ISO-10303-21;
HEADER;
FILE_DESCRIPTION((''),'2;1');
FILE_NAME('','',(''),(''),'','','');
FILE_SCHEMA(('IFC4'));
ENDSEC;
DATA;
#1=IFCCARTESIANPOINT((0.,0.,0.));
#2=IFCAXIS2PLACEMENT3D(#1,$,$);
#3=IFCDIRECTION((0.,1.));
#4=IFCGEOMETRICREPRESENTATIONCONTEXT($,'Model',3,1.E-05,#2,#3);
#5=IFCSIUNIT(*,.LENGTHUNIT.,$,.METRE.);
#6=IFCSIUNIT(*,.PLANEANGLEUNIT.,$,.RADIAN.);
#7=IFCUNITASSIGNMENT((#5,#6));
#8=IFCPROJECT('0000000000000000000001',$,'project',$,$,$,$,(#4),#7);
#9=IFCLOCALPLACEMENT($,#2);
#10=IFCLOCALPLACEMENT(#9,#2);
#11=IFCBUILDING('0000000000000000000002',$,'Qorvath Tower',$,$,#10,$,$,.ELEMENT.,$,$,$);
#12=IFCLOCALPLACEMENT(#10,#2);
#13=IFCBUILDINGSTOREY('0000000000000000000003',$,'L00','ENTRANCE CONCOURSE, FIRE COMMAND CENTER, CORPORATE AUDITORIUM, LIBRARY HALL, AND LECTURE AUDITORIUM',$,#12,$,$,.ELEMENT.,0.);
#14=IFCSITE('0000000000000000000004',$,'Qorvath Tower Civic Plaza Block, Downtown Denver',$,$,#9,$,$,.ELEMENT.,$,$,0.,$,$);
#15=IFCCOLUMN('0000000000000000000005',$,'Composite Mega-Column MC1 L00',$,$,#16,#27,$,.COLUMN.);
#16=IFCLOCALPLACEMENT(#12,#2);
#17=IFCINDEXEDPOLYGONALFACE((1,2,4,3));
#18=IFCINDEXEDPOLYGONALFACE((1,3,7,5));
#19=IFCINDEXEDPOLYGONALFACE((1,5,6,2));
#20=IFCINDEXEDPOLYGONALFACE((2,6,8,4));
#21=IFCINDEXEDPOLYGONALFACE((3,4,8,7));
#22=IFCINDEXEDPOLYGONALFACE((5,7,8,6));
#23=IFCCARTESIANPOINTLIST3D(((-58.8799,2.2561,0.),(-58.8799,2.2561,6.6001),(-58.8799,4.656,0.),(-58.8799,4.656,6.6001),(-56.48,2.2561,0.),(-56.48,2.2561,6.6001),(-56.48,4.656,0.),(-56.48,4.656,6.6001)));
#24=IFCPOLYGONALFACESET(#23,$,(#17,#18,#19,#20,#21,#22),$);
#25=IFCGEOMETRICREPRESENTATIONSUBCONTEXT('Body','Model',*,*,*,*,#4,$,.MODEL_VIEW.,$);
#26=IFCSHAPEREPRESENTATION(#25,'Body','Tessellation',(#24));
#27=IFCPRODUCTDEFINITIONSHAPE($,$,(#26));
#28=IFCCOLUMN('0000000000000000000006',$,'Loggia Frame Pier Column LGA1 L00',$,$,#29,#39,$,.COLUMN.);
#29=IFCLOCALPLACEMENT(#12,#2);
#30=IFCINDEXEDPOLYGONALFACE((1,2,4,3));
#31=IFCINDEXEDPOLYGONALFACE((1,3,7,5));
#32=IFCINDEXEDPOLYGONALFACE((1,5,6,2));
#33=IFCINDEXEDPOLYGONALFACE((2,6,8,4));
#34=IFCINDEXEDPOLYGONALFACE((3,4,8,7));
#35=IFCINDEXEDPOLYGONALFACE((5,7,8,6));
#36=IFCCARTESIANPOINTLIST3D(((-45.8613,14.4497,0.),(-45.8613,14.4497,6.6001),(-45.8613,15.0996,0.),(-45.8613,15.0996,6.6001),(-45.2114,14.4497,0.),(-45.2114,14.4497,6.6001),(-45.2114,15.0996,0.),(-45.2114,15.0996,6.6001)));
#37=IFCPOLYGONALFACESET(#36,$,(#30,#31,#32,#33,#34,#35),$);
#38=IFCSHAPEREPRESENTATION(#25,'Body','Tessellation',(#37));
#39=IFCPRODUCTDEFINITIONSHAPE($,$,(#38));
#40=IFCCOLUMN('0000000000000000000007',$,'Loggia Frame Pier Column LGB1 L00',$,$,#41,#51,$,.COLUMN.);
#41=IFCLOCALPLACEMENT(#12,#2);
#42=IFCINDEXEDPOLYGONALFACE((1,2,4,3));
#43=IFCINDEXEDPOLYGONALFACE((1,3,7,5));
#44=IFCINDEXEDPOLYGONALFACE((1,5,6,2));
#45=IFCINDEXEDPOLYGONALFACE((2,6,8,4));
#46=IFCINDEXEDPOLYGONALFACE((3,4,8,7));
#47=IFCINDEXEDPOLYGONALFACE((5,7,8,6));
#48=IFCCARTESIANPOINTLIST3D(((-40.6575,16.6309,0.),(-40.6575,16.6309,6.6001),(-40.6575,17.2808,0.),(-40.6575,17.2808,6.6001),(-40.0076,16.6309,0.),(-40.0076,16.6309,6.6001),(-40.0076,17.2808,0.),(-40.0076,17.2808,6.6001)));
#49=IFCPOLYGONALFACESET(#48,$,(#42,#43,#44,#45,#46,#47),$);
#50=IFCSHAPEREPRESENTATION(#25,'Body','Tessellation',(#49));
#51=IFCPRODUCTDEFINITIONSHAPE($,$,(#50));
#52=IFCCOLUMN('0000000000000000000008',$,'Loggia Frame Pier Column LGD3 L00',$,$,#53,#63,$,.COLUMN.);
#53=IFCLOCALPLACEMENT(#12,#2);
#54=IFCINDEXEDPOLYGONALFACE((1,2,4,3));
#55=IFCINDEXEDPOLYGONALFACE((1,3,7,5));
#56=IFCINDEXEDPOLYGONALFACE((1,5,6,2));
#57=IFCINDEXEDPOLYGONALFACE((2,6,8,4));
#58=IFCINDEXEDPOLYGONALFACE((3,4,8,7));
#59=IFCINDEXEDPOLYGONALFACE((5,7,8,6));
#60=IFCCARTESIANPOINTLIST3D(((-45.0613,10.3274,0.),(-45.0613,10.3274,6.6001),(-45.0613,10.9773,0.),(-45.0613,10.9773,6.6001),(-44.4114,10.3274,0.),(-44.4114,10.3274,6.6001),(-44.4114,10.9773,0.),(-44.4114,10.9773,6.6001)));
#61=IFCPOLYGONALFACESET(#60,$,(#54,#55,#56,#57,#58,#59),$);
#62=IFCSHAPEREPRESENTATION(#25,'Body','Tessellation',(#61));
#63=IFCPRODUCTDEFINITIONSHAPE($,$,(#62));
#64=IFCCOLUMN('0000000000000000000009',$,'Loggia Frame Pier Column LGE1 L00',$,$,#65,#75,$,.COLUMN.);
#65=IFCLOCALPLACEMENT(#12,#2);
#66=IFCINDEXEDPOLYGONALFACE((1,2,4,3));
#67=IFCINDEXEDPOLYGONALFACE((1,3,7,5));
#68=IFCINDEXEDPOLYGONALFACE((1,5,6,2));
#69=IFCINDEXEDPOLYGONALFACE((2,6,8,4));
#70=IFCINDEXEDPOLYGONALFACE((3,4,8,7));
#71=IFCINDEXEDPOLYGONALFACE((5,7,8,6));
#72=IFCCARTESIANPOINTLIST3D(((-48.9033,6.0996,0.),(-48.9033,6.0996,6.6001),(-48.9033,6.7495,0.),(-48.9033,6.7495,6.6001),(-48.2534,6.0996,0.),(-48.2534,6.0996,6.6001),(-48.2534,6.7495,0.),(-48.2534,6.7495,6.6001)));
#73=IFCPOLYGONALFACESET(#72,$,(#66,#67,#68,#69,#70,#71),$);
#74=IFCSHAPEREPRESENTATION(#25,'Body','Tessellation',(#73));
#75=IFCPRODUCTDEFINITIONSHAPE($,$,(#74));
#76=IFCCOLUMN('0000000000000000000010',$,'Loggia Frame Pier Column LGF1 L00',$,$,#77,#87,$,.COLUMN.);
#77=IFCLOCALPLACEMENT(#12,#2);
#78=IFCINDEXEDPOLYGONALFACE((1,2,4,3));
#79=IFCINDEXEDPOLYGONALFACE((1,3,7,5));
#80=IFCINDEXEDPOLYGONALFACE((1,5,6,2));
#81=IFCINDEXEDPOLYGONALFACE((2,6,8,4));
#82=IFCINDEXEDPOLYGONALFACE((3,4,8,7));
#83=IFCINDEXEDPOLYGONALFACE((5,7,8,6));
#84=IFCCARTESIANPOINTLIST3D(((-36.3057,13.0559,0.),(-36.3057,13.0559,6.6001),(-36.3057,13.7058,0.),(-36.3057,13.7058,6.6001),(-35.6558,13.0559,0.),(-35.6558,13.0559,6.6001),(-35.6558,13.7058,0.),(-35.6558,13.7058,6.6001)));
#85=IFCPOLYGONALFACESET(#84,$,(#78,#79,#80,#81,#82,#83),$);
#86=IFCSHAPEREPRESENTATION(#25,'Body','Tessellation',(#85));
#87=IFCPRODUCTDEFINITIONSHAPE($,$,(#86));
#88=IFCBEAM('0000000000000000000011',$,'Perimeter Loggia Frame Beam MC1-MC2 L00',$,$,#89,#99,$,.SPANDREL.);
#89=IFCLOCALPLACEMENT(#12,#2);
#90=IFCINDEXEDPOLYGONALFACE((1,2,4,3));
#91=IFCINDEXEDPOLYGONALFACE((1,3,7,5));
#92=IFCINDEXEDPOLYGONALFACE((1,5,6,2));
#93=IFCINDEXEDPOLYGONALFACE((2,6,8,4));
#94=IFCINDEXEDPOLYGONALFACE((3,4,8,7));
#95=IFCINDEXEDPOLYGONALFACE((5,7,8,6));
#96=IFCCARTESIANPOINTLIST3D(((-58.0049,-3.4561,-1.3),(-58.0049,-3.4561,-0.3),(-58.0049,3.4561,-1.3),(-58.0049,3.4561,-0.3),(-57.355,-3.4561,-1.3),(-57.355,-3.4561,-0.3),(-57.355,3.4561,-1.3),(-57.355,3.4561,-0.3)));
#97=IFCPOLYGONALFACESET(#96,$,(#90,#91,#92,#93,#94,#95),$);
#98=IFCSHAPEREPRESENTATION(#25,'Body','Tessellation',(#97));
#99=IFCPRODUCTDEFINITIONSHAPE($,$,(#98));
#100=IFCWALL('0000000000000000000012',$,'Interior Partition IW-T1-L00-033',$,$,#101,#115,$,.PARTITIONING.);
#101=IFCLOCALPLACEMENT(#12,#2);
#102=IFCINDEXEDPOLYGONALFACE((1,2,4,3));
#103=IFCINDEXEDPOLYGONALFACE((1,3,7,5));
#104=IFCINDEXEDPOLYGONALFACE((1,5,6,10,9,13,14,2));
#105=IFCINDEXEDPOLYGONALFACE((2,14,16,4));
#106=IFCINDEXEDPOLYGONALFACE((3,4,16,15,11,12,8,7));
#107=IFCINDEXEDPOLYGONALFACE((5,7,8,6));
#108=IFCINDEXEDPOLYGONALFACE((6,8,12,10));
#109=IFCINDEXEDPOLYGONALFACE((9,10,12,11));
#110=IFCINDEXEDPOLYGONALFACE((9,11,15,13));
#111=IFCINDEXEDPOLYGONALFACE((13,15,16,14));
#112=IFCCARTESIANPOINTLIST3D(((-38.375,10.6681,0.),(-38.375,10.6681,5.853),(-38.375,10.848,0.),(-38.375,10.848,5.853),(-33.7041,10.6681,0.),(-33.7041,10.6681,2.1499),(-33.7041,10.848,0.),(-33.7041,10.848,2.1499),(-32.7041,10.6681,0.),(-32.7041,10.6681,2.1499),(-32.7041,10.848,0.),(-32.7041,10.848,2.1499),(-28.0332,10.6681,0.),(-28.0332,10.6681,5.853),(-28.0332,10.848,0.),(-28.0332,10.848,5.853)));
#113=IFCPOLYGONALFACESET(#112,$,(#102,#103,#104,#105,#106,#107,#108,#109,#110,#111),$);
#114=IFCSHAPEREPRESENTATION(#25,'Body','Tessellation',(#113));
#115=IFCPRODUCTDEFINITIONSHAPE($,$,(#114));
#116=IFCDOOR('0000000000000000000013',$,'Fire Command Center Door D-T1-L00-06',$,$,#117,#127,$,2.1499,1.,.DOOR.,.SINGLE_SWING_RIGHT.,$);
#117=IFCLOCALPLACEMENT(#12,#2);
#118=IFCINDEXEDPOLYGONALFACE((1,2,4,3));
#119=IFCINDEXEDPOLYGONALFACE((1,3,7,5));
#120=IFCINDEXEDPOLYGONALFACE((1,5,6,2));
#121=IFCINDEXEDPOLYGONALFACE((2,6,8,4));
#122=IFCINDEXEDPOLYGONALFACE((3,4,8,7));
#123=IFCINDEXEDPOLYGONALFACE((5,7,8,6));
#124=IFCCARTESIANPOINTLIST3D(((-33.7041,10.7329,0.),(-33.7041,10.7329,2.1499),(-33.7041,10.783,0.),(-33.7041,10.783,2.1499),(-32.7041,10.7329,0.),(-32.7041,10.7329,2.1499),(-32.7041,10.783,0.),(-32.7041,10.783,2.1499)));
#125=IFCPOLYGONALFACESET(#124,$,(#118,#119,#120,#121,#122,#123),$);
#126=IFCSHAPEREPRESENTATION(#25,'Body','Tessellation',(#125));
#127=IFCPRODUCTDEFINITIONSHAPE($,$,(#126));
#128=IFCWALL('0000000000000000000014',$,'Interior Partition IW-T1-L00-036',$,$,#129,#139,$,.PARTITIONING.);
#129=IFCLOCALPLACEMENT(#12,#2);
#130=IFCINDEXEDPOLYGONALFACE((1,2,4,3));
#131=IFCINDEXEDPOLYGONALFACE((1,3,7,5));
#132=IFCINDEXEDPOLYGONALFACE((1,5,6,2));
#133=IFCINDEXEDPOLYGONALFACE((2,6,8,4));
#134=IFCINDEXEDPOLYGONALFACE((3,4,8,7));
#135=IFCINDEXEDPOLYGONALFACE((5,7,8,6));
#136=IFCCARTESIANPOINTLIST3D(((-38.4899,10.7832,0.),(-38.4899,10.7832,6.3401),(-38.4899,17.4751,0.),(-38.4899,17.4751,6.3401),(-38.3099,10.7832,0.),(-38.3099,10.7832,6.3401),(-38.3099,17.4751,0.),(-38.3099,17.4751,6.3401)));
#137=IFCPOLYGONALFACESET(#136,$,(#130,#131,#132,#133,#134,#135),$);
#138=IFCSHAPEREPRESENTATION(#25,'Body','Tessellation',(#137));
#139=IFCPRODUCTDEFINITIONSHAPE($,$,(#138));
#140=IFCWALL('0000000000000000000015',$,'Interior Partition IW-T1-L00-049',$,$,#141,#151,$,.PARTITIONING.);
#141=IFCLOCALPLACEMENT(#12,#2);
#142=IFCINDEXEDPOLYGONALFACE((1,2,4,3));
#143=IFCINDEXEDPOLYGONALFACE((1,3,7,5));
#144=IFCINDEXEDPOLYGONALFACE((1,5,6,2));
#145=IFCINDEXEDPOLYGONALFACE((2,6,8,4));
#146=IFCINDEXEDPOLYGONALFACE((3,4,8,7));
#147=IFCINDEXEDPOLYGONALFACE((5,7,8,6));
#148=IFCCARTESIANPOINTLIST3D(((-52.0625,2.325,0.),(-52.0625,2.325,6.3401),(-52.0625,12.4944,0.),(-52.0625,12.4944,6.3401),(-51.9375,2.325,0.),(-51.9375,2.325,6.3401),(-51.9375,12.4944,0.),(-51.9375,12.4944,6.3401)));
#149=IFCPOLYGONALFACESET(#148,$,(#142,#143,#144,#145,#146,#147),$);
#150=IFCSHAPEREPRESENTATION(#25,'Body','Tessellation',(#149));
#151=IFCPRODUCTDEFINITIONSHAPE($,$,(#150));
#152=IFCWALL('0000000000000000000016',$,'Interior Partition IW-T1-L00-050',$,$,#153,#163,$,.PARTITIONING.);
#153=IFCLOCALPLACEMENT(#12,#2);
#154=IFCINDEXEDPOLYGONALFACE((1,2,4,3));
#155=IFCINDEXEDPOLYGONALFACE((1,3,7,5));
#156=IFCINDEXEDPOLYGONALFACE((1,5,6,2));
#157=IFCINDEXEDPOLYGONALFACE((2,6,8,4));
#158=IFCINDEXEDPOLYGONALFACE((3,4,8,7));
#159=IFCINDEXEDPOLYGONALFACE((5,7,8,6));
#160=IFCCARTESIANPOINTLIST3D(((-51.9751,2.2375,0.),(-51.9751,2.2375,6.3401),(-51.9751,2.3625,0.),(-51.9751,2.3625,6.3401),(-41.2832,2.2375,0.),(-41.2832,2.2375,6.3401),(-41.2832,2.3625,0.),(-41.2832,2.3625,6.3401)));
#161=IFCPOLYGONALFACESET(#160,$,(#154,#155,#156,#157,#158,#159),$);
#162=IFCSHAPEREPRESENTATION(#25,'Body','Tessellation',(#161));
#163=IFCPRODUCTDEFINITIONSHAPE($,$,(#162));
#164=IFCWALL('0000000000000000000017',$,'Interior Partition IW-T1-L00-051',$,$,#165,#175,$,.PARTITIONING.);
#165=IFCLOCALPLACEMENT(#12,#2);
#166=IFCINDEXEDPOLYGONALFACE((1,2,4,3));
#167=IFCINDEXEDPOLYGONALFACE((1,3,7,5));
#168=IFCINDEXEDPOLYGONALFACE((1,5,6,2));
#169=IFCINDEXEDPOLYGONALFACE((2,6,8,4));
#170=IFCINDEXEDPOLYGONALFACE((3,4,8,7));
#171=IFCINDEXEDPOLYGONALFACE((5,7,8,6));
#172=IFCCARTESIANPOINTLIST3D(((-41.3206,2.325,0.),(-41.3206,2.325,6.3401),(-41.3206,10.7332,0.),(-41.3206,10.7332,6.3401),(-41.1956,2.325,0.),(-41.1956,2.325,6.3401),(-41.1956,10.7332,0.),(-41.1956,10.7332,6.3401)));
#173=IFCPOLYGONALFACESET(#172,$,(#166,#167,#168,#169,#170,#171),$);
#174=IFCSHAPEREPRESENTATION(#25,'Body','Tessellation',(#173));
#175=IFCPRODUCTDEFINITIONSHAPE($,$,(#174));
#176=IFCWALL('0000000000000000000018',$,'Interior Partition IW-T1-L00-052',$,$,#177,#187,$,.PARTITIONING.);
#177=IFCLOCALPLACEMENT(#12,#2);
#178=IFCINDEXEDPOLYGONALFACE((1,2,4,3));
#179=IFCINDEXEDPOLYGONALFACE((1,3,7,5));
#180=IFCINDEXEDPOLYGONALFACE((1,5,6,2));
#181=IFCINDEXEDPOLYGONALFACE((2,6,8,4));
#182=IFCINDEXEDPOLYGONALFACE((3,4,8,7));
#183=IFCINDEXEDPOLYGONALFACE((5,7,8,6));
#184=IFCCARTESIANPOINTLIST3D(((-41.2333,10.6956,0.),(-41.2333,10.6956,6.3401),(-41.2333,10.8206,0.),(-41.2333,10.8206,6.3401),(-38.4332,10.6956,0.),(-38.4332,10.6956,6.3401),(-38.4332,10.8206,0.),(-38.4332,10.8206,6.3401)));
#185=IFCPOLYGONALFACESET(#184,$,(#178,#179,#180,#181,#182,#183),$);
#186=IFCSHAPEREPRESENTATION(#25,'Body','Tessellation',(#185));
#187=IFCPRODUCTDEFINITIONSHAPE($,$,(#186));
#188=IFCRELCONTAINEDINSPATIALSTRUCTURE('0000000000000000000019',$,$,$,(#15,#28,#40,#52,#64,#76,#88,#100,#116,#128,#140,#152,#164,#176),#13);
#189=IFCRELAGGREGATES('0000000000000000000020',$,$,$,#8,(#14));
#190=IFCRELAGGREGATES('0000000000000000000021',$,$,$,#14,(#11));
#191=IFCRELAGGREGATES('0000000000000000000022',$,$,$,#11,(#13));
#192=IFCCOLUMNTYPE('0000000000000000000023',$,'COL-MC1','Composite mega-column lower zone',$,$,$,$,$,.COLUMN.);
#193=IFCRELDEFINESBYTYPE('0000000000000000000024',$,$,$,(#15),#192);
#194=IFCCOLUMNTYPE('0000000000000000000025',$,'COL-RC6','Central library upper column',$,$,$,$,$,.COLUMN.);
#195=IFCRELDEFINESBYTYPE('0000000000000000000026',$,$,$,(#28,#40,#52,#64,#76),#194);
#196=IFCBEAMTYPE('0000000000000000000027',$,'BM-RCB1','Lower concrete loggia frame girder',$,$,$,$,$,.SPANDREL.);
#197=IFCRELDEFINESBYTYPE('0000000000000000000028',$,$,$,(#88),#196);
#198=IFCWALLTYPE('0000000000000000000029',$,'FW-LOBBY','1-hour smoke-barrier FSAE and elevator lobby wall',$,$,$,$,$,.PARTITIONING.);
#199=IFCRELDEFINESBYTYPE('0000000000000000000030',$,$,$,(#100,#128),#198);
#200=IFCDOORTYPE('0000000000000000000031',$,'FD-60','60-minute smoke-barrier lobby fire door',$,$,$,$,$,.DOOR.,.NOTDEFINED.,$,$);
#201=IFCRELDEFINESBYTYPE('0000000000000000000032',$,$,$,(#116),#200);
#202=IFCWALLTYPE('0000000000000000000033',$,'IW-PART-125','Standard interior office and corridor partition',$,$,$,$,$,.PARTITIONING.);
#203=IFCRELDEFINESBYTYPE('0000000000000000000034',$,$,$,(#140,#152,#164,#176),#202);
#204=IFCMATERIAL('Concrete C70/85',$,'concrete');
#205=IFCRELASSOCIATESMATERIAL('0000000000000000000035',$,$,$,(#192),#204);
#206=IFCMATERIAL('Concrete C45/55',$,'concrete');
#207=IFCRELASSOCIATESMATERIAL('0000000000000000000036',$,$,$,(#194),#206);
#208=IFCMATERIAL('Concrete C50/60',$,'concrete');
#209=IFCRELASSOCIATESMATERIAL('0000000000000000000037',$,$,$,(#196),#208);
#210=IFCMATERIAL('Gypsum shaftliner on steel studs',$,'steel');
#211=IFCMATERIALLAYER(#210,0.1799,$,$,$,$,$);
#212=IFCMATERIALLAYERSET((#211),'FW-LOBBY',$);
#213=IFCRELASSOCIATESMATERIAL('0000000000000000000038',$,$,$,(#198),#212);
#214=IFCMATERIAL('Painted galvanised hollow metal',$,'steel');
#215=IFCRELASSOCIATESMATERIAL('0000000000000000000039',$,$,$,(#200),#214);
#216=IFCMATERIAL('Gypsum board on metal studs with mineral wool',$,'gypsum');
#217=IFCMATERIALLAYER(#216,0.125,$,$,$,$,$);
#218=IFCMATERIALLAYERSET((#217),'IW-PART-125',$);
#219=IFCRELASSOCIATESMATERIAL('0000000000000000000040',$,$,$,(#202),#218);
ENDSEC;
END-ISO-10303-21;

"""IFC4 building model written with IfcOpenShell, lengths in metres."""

from ifc_helpers import new_model, si_unit, direction, frame, frame_2d, origin, origin_2d, place, context, subcontext, project, spatial, rectangle, extrude, material, layer, layer_set, material_profile, profile_set, type_object, element, fill, save


model = new_model("IFC4")

# Units and contexts
model_context = context("Model", 3, precision=1e-05, world=origin(), true_north=direction((0.0, 1.0)))
body_context = subcontext(model_context, "Body", "Model", "MODEL_VIEW")
ifc_project = project(units=[si_unit("LENGTHUNIT", "METRE"), si_unit("PLANEANGLEUNIT", "RADIAN")], contexts=[model_context])

# Site, building, storey
site_placement = place(None, origin())
site = spatial("IfcSite", under=ifc_project, at=site_placement, Name="Qorvath Tower Civic Plaza Block, Downtown Denver", CompositionType="ELEMENT", RefElevation=0.0)
building_placement = place(site_placement, origin())
building = spatial("IfcBuilding", under=site, at=building_placement, Name="Qorvath Tower", CompositionType="ELEMENT")
storey_placement = place(building_placement, origin())
storey = spatial("IfcBuildingStorey", under=building, at=storey_placement, Name="L00", Description="ENTRANCE CONCOURSE, FIRE COMMAND CENTER, CORPORATE AUDITORIUM, LIBRARY HALL, AND LECTURE AUDITORIUM", CompositionType="ELEMENT", Elevation=0.0)

# Columns
ifc_material_1 = material(Name="Concrete C70/85", Category="concrete")
ifc_material_profile_1 = material_profile(ifc_material_1, rectangle(XDim=2.3999, YDim=2.3999, at=origin_2d()), Name="MC 2400x2400")
ifc_profile_set_1 = profile_set([ifc_material_profile_1], Name="Concrete C70/85")
column_type_1 = type_object("IfcColumnType", Name="COL-MC1", Description="Composite mega-column lower zone", PredefinedType="COLUMN", material=ifc_profile_set_1)
column_placement = place(storey_placement, frame((-57.6799, 3.4561, 0.0), z_axis=(0.0, 0.0, 1.0), x_axis=(1.0, 0.0, 0.0)))
element("IfcColumn", 1, at=column_placement, inside=storey, type_object=column_type_1, Name="Composite Mega-Column MC1 L00", PredefinedType="COLUMN", context=body_context, shape_type="SweptSolid", body=[
    extrude(rectangle(XDim=2.3999, YDim=2.3999, at=origin_2d()), origin(), (0.0, 0.0, 1.0), 6.6001),
])
ifc_material_2 = material(Name="Concrete C45/55", Category="concrete")
ifc_material_profile_2 = material_profile(ifc_material_2, rectangle(XDim=0.6499, YDim=0.6499, at=origin_2d()), Name="RC 650x650")
ifc_profile_set_2 = profile_set([ifc_material_profile_2], Name="Concrete C45/55")
column_type_2 = type_object("IfcColumnType", Name="COL-RC6", Description="Central library upper column", PredefinedType="COLUMN", material=ifc_profile_set_2)
for number, where, z_axis, x_axis, name in (
    (2, (-45.5364, 14.7747, 0.0), (0.0, 0.0, 1.0), (1.0, 0.0, 0.0), "Loggia Frame Pier Column LGA1 L00"),
    (3, (-40.3325, 16.9558, 0.0), (0.0, 0.0, 1.0), (1.0, 0.0, 0.0), "Loggia Frame Pier Column LGB1 L00"),
    (4, (-44.7363, 10.6523, 0.0), (0.0, 0.0, 1.0), (1.0, 0.0, 0.0), "Loggia Frame Pier Column LGD3 L00"),
    (5, (-48.5784, 6.4246, 0.0), (0.0, 0.0, 1.0), (1.0, 0.0, 0.0), "Loggia Frame Pier Column LGE1 L00"),
    (6, (-35.9807, 13.3809, 0.0), (0.0, 0.0, 1.0), (1.0, 0.0, 0.0), "Loggia Frame Pier Column LGF1 L00"),
):
    element("IfcColumn", number, at=place(storey_placement, frame(where, z_axis=z_axis, x_axis=x_axis)), inside=storey, type_object=column_type_2, Name=name, PredefinedType="COLUMN", context=body_context, shape_type="SweptSolid", body=[
        extrude(rectangle(XDim=0.6499, YDim=0.6499, at=origin_2d()), origin(), (0.0, 0.0, 1.0), 6.6001),
    ])

# Beam
ifc_material_3 = material(Name="Concrete C50/60", Category="concrete")
ifc_material_profile_3 = material_profile(ifc_material_3, rectangle(XDim=0.6499, YDim=1.0, at=origin_2d()), Name="RCB 1000x650")
ifc_profile_set_3 = profile_set([ifc_material_profile_3], Name="Concrete C50/60")
beam_type = type_object("IfcBeamType", Name="BM-RCB1", Description="Lower concrete loggia frame girder", PredefinedType="SPANDREL", material=ifc_profile_set_3)
beam_placement = place(storey_placement, frame((-57.6799, 3.4561, -0.8), z_axis=(0.0, -1.0, 0.0), x_axis=(1.0, 0.0, 0.0)))
element("IfcBeam", 7, at=beam_placement, inside=storey, type_object=beam_type, Name="Perimeter Loggia Frame Beam MC1-MC2 L00", PredefinedType="SPANDREL", context=body_context, shape_type="SweptSolid", body=[
    extrude(rectangle(XDim=0.6499, YDim=1.0, at=origin_2d()), origin(), (0.0, 0.0, 1.0), 6.9121),
])

# Wall, opening, door
ifc_material_4 = material(Name="Gypsum shaftliner on steel studs", Category="steel")
ifc_layer_1 = layer(ifc_material_4, 0.1799)
ifc_layer_set_1 = layer_set([ifc_layer_1], Name="FW-LOBBY")
wall_type_1 = type_object("IfcWallType", Name="FW-LOBBY", Description="1-hour smoke-barrier FSAE and elevator lobby wall", PredefinedType="PARTITIONING", material=ifc_layer_set_1)
wall_1_placement = place(storey_placement, frame((-38.375, 10.7581, 0.0), z_axis=(0.0, 0.0, 1.0), x_axis=(1.0, 0.0, 0.0)))
wall_1 = element("IfcWall", 8, at=wall_1_placement, inside=storey, type_object=wall_type_1, Name="Interior Partition IW-T1-L00-033", PredefinedType="PARTITIONING", context=body_context, shape_type="SweptSolid", body=[
    extrude(rectangle(XDim=10.3418, YDim=0.1799, at=frame_2d((5.1709, 0.0))), origin(), (0.0, 0.0, 1.0), 5.853),
])
opening_1_placement = place(wall_1_placement, frame((4.6709, 0.0, 0.0)))
opening_1 = element("IfcOpeningElement", 9, at=opening_1_placement, cuts=wall_1, PredefinedType="OPENING", context=body_context, shape_type="SweptSolid", body=[
    extrude(rectangle(XDim=1.0, YDim=2.1499, at=frame_2d((0.5, 1.075))), frame((0.0, 0.1001, 0.0), z_axis=(0.0, -1.0, 0.0), x_axis=(1.0, 0.0, 0.0)), (0.0, 0.0, 1.0), 0.2),
])
ifc_material_5 = material(Name="Painted galvanised hollow metal", Category="steel")
door_type_1 = type_object("IfcDoorType", Name="FD-60", Description="60-minute smoke-barrier lobby fire door", OperationType="NOTDEFINED", PredefinedType="DOOR", material=ifc_material_5)
door_1_placement = place(opening_1_placement, origin())
door_1 = element("IfcDoor", 10, at=door_1_placement, inside=storey, type_object=door_type_1, Name="Fire Command Center Door D-T1-L00-06", OperationType="SINGLE_SWING_RIGHT", OverallHeight=2.1499, OverallWidth=1.0, PredefinedType="DOOR", context=body_context, shape_type="SweptSolid", body=[
    extrude(rectangle(XDim=1.0, YDim=2.1499, at=frame_2d((0.5, 1.075))), frame((0.0, 0.0249, 0.0), z_axis=(0.0, -1.0, 0.0), x_axis=(1.0, 0.0, 0.0)), (0.0, 0.0, 1.0), 0.05),
])
fill(opening_1, door_1)

# Walls
wall_2_placement = place(storey_placement, frame((-38.3999, 17.4751, 0.0), z_axis=(0.0, 0.0, 1.0), x_axis=(0.0, -1.0, 0.0)))
element("IfcWall", 11, at=wall_2_placement, inside=storey, type_object=wall_type_1, Name="Interior Partition IW-T1-L00-036", PredefinedType="PARTITIONING", context=body_context, shape_type="SweptSolid", body=[
    extrude(rectangle(XDim=6.6919, YDim=0.1799, at=frame_2d((3.3459, 0.0))), origin(), (0.0, 0.0, 1.0), 6.3401),
])
ifc_material_6 = material(Name="Gypsum board on metal studs with mineral wool", Category="gypsum")
ifc_layer_2 = layer(ifc_material_6, 0.125)
ifc_layer_set_2 = layer_set([ifc_layer_2], Name="IW-PART-125")
wall_type_2 = type_object("IfcWallType", Name="IW-PART-125", Description="Standard interior office and corridor partition", PredefinedType="PARTITIONING", material=ifc_layer_set_2)
wall_3_placement = place(storey_placement, frame((-52.0, 12.4944, 0.0), z_axis=(0.0, 0.0, 1.0), x_axis=(0.0, -1.0, 0.0)))
element("IfcWall", 12, at=wall_3_placement, inside=storey, type_object=wall_type_2, Name="Interior Partition IW-T1-L00-049", PredefinedType="PARTITIONING", context=body_context, shape_type="SweptSolid", body=[
    extrude(rectangle(XDim=10.1694, YDim=0.125, at=frame_2d((5.0847, 0.0))), origin(), (0.0, 0.0, 1.0), 6.3401),
])
wall_4_placement = place(storey_placement, frame((-51.9751, 2.3, 0.0), z_axis=(0.0, 0.0, 1.0), x_axis=(1.0, 0.0, 0.0)))
element("IfcWall", 13, at=wall_4_placement, inside=storey, type_object=wall_type_2, Name="Interior Partition IW-T1-L00-050", PredefinedType="PARTITIONING", context=body_context, shape_type="SweptSolid", body=[
    extrude(rectangle(XDim=10.6919, YDim=0.125, at=frame_2d((5.3459, 0.0))), origin(), (0.0, 0.0, 1.0), 6.3401),
])
wall_5_placement = place(storey_placement, frame((-41.2581, 2.325, 0.0), z_axis=(0.0, 0.0, 1.0), x_axis=(0.0, 1.0, 0.0)))
element("IfcWall", 14, at=wall_5_placement, inside=storey, type_object=wall_type_2, Name="Interior Partition IW-T1-L00-051", PredefinedType="PARTITIONING", context=body_context, shape_type="SweptSolid", body=[
    extrude(rectangle(XDim=8.4082, YDim=0.125, at=frame_2d((4.2041, 0.0))), origin(), (0.0, 0.0, 1.0), 6.3401),
])
wall_6_placement = place(storey_placement, frame((-41.2332, 10.7581, 0.0), z_axis=(0.0, 0.0, 1.0), x_axis=(1.0, 0.0, 0.0)))
element("IfcWall", 15, at=wall_6_placement, inside=storey, type_object=wall_type_2, Name="Interior Partition IW-T1-L00-052", PredefinedType="PARTITIONING", context=body_context, shape_type="SweptSolid", body=[
    extrude(rectangle(XDim=2.8, YDim=0.125, at=frame_2d((1.3999, 0.0))), origin(), (0.0, 0.0, 1.0), 6.3401),
])

save(model, "model.ifc")
